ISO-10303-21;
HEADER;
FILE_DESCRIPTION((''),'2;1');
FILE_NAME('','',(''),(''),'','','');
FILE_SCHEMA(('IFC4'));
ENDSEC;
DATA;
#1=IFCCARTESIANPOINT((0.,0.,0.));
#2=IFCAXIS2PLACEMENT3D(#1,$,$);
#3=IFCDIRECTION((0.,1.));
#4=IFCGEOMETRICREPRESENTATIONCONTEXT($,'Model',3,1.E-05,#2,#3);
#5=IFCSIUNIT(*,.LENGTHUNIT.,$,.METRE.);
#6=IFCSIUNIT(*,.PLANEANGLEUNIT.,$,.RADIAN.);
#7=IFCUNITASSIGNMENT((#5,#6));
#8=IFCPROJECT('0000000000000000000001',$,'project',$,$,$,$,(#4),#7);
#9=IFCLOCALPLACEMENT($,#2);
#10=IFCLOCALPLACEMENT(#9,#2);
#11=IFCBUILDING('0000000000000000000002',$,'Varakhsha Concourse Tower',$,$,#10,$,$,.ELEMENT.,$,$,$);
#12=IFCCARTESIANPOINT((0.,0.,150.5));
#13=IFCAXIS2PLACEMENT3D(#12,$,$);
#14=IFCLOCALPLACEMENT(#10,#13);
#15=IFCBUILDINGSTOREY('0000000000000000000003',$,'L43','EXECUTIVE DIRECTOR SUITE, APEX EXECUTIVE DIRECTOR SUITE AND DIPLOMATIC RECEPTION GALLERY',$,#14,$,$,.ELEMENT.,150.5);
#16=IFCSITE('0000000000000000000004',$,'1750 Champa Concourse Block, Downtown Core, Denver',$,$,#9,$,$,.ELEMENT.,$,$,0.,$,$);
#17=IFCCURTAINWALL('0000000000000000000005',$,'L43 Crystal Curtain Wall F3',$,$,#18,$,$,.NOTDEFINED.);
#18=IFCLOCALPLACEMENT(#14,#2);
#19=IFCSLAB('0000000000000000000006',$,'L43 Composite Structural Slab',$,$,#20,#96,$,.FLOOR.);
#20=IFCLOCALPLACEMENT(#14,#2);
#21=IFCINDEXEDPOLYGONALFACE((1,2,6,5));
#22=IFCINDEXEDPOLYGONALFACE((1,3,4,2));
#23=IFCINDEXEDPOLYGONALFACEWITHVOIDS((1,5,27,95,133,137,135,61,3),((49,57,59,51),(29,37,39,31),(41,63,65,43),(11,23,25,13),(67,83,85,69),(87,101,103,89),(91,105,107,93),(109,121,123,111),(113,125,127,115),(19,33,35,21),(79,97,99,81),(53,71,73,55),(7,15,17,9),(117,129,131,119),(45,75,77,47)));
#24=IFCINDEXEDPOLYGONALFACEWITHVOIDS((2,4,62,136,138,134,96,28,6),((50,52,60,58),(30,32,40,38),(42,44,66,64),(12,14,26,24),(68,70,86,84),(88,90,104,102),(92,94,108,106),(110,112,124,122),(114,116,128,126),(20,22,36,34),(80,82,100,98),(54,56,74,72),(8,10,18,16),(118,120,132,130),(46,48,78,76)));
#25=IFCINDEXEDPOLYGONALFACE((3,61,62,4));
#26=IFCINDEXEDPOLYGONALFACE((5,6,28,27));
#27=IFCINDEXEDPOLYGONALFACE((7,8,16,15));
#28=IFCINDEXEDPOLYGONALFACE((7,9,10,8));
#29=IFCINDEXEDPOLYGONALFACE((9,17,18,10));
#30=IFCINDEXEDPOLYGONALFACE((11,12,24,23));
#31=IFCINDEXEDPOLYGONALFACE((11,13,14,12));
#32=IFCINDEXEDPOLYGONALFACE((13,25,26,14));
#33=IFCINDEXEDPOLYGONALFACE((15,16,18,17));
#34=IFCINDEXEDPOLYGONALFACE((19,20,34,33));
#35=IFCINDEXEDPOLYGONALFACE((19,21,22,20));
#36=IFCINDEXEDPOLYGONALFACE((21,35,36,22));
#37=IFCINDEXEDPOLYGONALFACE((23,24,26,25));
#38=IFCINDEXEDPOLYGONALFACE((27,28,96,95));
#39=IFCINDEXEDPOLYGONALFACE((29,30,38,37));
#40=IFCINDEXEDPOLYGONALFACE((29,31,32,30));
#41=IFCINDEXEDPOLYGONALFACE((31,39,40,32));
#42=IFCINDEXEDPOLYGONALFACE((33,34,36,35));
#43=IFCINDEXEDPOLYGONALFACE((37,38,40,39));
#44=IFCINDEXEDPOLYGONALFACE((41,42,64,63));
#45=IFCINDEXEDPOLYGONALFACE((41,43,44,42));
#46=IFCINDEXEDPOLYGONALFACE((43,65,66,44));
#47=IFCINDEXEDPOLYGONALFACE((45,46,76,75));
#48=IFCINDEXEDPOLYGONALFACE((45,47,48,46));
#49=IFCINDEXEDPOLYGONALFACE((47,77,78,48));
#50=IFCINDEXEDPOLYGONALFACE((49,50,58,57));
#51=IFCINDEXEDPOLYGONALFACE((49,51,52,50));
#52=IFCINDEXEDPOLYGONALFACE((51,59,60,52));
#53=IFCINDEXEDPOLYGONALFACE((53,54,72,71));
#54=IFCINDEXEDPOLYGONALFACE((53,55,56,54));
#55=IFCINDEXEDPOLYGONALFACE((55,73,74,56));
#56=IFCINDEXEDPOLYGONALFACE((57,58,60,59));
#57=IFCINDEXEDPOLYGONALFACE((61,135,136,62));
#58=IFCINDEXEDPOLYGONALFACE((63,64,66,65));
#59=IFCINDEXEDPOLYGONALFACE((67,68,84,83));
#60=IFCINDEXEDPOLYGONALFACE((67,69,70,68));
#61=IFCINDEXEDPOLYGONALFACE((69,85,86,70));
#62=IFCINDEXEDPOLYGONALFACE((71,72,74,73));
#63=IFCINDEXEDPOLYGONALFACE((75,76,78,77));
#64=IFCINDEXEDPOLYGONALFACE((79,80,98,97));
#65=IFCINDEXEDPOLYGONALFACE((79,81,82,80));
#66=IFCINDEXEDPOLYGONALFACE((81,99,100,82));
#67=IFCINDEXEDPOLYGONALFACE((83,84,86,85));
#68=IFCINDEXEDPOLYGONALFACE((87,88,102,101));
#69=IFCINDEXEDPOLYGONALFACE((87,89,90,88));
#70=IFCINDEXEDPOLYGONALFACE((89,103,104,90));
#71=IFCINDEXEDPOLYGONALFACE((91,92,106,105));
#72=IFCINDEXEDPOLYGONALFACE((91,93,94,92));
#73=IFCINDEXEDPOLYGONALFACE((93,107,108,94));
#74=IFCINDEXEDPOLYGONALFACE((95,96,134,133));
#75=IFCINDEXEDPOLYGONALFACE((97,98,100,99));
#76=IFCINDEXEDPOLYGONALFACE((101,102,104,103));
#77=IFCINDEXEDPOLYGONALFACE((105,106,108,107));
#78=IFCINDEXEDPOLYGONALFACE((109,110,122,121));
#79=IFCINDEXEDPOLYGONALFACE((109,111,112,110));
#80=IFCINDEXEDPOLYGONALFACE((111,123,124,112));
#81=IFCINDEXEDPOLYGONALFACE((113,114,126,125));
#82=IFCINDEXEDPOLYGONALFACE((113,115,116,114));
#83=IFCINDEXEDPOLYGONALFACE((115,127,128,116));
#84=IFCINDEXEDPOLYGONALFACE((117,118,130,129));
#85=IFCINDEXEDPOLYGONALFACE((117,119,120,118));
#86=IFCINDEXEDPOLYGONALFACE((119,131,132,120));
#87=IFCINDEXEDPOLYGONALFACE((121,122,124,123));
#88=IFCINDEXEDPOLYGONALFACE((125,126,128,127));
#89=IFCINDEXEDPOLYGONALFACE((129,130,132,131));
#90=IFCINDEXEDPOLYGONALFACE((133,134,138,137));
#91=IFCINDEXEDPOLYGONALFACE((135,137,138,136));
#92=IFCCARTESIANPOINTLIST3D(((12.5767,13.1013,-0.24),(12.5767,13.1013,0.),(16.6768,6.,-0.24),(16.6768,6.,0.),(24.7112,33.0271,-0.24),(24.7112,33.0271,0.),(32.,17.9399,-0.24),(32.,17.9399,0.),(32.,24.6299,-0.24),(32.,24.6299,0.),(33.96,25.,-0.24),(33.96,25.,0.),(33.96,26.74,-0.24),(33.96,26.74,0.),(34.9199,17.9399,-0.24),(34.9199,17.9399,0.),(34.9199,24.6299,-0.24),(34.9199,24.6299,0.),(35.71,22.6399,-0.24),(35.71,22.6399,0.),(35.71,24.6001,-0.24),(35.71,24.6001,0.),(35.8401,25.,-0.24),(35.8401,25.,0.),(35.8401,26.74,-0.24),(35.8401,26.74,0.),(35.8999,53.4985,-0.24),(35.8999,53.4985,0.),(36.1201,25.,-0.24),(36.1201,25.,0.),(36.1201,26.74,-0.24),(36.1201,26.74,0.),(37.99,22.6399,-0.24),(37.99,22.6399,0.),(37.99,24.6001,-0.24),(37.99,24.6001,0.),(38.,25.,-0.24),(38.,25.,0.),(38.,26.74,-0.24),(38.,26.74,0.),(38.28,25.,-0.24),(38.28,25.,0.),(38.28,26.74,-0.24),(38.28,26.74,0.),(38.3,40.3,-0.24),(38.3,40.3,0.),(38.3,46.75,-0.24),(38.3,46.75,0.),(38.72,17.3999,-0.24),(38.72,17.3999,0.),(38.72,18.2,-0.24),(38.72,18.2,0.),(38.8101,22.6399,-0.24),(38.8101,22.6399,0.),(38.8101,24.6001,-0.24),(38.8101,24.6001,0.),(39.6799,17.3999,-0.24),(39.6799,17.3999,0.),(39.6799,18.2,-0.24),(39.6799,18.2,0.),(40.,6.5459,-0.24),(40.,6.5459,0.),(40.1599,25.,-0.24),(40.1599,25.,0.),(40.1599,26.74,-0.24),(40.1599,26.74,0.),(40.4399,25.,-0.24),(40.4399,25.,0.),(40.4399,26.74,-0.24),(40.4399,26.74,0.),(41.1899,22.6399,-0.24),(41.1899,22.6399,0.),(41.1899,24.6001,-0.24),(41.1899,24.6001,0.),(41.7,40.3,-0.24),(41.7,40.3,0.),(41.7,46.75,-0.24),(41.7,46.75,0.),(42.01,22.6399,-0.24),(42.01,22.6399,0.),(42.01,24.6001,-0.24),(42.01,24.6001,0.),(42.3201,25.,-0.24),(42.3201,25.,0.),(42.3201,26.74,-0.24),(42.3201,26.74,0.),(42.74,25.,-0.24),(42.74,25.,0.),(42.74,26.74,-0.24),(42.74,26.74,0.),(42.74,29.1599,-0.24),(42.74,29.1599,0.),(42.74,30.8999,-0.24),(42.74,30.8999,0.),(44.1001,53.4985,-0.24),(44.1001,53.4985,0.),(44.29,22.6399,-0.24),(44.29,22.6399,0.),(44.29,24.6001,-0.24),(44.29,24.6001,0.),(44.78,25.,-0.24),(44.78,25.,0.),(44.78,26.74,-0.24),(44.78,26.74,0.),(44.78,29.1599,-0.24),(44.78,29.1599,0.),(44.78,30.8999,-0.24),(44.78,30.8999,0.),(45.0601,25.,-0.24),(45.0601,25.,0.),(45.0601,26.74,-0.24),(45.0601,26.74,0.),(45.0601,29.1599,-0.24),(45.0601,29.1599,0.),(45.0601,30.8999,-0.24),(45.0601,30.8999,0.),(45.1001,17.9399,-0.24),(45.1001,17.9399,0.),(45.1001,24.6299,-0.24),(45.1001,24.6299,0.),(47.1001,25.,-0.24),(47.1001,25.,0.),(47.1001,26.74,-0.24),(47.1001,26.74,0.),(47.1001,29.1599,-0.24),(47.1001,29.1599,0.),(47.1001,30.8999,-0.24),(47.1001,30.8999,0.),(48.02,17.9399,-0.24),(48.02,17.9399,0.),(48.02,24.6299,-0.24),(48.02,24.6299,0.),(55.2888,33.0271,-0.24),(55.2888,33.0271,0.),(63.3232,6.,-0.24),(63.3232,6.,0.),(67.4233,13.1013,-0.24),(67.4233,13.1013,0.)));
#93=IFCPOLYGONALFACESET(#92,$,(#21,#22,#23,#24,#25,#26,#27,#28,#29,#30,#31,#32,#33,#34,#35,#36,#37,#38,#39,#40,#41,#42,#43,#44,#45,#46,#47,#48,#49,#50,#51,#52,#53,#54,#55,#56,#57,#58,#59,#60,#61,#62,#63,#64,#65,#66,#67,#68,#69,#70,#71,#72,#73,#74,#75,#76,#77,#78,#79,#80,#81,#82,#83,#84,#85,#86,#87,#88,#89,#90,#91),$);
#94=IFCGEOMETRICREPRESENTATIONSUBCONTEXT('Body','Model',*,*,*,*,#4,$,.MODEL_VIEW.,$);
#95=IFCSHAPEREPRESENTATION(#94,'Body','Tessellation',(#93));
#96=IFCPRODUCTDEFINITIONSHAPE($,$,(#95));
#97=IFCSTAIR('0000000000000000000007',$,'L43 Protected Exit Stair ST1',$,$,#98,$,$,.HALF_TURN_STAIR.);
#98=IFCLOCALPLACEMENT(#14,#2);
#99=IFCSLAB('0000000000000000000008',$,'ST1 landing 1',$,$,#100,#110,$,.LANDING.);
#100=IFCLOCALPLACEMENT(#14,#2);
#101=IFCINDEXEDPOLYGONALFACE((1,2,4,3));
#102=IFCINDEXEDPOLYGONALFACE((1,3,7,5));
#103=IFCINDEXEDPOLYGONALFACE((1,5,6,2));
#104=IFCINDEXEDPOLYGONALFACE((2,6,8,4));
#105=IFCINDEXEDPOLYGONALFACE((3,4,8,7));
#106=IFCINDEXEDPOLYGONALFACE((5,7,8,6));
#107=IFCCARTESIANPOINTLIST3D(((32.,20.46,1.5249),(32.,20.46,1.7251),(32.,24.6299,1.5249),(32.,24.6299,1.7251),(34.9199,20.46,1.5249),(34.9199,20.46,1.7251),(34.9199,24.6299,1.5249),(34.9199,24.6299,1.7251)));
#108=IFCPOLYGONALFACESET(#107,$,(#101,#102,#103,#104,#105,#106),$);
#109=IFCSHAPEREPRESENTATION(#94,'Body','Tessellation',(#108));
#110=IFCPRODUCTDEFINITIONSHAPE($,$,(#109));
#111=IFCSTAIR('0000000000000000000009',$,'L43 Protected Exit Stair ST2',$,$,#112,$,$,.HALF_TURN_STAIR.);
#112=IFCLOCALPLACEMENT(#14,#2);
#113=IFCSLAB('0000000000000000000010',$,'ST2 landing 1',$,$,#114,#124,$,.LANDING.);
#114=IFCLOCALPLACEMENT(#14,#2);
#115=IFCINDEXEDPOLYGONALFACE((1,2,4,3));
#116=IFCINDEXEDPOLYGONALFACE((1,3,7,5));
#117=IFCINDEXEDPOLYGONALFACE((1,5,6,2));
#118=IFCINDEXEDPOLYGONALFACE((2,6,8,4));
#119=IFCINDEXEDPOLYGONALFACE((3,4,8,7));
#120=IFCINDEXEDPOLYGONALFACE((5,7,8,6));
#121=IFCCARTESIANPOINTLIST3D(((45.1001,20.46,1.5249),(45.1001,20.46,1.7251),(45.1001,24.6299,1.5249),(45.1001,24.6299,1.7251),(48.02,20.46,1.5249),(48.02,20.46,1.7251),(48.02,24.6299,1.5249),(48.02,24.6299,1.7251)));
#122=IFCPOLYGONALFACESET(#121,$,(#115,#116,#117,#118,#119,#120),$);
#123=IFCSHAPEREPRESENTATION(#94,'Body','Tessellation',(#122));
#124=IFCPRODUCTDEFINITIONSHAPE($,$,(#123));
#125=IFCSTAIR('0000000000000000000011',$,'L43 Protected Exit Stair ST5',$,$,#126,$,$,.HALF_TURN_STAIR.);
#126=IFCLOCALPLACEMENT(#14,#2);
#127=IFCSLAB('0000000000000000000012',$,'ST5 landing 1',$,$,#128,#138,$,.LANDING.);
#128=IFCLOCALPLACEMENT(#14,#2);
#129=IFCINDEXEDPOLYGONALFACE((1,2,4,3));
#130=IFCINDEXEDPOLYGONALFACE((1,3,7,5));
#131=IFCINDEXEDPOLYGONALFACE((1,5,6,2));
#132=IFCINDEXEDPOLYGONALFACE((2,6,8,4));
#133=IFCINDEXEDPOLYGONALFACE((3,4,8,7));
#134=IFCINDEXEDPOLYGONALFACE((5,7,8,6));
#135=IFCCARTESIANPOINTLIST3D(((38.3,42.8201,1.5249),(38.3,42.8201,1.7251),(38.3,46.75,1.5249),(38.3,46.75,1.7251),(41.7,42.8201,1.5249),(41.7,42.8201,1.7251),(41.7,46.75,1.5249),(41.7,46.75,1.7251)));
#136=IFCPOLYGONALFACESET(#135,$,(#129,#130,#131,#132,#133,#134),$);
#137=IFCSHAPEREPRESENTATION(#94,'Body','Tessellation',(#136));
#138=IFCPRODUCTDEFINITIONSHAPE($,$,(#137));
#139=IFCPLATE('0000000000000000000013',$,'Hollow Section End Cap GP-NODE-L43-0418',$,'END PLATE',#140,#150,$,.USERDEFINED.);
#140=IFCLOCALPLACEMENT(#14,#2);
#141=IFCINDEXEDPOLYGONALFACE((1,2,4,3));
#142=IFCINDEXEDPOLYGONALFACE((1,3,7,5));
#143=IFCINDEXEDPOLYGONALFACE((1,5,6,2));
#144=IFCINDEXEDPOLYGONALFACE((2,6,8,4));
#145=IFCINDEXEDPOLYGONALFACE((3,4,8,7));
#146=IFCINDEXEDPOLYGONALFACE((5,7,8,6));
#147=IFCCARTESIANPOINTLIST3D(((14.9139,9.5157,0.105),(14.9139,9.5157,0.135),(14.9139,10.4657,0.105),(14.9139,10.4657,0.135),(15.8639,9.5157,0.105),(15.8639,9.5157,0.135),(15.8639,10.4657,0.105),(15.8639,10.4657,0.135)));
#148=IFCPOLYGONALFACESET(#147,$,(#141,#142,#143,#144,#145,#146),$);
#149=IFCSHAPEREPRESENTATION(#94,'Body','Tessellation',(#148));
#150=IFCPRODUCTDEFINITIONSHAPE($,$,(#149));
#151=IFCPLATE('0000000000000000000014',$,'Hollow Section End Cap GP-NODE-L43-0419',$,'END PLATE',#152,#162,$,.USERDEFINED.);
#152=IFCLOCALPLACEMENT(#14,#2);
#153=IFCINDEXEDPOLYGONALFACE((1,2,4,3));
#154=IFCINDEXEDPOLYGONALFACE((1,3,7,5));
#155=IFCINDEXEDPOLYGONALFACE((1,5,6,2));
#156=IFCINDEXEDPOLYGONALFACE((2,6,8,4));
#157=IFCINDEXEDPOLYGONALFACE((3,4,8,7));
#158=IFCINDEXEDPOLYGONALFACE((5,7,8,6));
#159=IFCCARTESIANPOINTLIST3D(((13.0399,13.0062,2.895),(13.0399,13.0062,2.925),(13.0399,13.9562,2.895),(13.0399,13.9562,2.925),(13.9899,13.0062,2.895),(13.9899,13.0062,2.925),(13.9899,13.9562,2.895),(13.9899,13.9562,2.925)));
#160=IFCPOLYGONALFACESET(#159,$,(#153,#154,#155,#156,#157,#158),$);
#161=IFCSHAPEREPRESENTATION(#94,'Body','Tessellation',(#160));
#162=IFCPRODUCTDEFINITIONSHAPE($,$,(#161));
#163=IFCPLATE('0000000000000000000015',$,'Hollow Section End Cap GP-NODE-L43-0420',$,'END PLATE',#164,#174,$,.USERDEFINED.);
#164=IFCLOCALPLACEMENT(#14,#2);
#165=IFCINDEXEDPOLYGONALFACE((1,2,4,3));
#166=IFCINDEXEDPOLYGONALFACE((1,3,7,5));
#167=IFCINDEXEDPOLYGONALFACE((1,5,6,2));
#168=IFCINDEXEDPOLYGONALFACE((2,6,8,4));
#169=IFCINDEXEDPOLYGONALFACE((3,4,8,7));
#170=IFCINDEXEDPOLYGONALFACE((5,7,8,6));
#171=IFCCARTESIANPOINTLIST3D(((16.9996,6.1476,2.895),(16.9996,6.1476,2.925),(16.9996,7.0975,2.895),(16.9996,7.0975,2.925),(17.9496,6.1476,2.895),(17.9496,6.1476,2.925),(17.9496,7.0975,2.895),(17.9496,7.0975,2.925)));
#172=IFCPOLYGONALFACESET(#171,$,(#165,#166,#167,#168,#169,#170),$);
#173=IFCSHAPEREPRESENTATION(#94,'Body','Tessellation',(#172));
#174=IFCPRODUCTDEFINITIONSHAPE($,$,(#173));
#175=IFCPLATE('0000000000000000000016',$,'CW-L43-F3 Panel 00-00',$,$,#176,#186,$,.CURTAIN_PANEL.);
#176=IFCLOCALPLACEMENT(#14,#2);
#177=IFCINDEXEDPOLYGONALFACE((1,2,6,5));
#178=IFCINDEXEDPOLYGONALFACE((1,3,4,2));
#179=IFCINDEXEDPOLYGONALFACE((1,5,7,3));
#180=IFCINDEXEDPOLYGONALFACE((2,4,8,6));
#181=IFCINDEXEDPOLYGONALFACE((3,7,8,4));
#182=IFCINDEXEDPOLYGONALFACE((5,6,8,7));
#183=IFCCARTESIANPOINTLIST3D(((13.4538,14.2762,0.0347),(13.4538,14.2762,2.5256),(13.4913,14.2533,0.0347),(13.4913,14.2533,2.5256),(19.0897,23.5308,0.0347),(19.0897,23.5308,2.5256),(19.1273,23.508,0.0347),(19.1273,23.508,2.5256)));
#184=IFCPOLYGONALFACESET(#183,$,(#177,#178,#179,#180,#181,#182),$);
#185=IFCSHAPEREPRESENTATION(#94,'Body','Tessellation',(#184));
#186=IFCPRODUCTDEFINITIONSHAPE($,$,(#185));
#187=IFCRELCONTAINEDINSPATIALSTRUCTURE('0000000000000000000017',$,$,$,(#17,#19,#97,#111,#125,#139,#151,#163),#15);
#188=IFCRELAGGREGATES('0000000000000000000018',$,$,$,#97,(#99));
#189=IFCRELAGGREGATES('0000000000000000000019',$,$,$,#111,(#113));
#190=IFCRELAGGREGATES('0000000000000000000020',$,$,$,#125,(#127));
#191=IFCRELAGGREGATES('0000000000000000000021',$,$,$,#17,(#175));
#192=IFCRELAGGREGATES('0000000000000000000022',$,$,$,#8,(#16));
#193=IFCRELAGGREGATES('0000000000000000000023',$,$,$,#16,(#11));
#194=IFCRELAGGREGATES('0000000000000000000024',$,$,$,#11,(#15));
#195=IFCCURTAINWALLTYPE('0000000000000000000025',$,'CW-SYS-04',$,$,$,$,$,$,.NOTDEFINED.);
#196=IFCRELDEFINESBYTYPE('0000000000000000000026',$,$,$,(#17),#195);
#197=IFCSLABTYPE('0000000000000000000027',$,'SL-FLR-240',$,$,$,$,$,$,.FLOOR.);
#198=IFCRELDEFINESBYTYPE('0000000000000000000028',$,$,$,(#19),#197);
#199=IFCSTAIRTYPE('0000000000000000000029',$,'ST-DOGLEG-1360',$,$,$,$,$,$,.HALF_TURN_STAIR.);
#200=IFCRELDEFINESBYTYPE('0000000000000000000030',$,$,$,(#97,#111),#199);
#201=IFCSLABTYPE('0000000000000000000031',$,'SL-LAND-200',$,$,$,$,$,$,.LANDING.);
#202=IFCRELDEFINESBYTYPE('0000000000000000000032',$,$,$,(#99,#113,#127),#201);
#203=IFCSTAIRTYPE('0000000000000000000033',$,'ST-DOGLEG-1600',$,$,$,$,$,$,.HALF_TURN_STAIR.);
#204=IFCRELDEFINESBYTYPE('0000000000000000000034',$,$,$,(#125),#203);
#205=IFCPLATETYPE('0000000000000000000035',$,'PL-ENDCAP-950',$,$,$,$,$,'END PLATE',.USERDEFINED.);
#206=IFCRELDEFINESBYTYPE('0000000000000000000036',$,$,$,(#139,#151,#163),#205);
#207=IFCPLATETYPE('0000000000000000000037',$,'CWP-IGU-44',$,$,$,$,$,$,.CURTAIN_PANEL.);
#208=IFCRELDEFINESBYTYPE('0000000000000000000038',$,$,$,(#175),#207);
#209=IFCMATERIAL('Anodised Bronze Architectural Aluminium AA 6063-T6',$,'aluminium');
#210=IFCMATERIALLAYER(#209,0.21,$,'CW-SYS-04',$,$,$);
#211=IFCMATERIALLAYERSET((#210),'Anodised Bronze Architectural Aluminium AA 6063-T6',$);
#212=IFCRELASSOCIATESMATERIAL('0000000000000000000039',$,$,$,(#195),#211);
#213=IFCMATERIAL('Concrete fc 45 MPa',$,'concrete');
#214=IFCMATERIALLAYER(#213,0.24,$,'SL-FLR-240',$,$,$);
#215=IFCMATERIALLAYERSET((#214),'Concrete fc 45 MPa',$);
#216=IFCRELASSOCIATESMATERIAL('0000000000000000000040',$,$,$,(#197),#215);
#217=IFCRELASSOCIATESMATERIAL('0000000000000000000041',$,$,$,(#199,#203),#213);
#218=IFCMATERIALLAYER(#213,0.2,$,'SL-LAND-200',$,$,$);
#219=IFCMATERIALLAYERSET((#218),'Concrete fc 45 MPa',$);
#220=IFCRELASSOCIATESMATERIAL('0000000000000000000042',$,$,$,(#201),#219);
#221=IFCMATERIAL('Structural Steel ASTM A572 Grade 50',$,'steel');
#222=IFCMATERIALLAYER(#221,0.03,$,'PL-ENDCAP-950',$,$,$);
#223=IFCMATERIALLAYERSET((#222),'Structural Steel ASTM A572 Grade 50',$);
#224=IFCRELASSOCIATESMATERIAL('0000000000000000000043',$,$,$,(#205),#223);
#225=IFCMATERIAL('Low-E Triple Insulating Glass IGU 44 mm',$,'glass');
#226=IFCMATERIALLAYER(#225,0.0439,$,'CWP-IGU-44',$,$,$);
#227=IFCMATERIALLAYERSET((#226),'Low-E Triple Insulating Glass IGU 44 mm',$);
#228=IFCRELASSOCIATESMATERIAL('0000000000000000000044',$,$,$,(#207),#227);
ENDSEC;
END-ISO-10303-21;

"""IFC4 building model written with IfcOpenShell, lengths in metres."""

from ifc_helpers import new_model, si_unit, direction, frame, origin, origin_2d, place, context, subcontext, project, spatial, polyline, rectangle, outline, extrude, source, transform, mapped, material, layer, layer_set, type_object, type_shapes, element, aggregate, save


model = new_model("IFC4")

# Units and contexts
model_context = context("Model", 3, precision=1e-05, world=origin(), true_north=direction((0.0, 1.0)))
body_context = subcontext(model_context, "Body", "Model", "MODEL_VIEW")
ifc_project = project(units=[si_unit("LENGTHUNIT", "METRE"), si_unit("PLANEANGLEUNIT", "RADIAN")], contexts=[model_context])

# Site, building, storey
site_placement = place(None, origin())
site = spatial("IfcSite", under=ifc_project, at=site_placement, Name="1750 Champa Concourse Block, Downtown Core, Denver", CompositionType="ELEMENT", RefElevation=0.0)
building_placement = place(site_placement, origin())
building = spatial("IfcBuilding", under=site, at=building_placement, Name="Varakhsha Concourse Tower", CompositionType="ELEMENT")
storey_placement = place(building_placement, frame((0.0, 0.0, 150.5)))
storey = spatial("IfcBuildingStorey", under=building, at=storey_placement, Name="L43", Description="EXECUTIVE DIRECTOR SUITE, APEX EXECUTIVE DIRECTOR SUITE AND DIPLOMATIC RECEPTION GALLERY", CompositionType="ELEMENT", Elevation=150.5)

# Shared definitions
ifc_material_1 = material(Name="Structural Steel ASTM A572 Grade 50", Category="steel")

# Curtain wall
ifc_material_2 = material(Name="Anodised Bronze Architectural Aluminium AA 6063-T6", Category="aluminium")
ifc_layer_1 = layer(ifc_material_2, 0.21, Name="CW-SYS-04")
ifc_layer_set_1 = layer_set([ifc_layer_1], Name="Anodised Bronze Architectural Aluminium AA 6063-T6")
curtain_wall_type = type_object("IfcCurtainWallType", Name="CW-SYS-04", PredefinedType="NOTDEFINED", material=ifc_layer_set_1)
curtain_wall_1_placement = place(storey_placement, origin())
curtain_wall_1 = element("IfcCurtainWall", 1, at=curtain_wall_1_placement, inside=storey, type_object=curtain_wall_type, Name="L43 Crystal Curtain Wall F3", PredefinedType="NOTDEFINED")

# Slab
ifc_material_3 = material(Name="Concrete fc 45 MPa", Category="concrete")
ifc_layer_2 = layer(ifc_material_3, 0.24, Name="SL-FLR-240")
ifc_layer_set_2 = layer_set([ifc_layer_2], Name="Concrete fc 45 MPa")
slab_type_1 = type_object("IfcSlabType", Name="SL-FLR-240", PredefinedType="FLOOR", material=ifc_layer_set_2)
slab_1_placement = place(storey_placement, frame((0.0, 0.0, -0.24)))
element("IfcSlab", 2, at=slab_1_placement, inside=storey, type_object=slab_type_1, Name="L43 Composite Structural Slab", PredefinedType="FLOOR", context=body_context, shape_type="SweptSolid", body=[
    extrude(outline(polyline([(44.1001, 53.4985), (35.8999, 53.4985), (24.7112, 33.0271), (12.5767, 13.1013), (16.6768, 6.0), (40.0, 6.5459), (63.3232, 6.0), (67.4233, 13.1013), (55.2888, 33.0271), (44.1001, 53.4985)]), holes=[polyline([(34.9199, 17.9399), (34.9199, 24.6299), (32.0, 24.6299), (32.0, 17.9399), (34.9199, 17.9399)]), polyline([(48.02, 17.9399), (48.02, 24.6299), (45.1001, 24.6299), (45.1001, 17.9399), (48.02, 17.9399)]), polyline([(41.7, 40.3), (41.7, 46.75), (38.3, 46.75), (38.3, 40.3), (41.7, 40.3)]), polyline([(33.96, 25.0), (35.8401, 25.0), (35.8401, 26.74), (33.96, 26.74), (33.96, 25.0)]), polyline([(36.1201, 25.0), (38.0, 25.0), (38.0, 26.74), (36.1201, 26.74), (36.1201, 25.0)]), polyline([(38.28, 25.0), (40.1599, 25.0), (40.1599, 26.74), (38.28, 26.74), (38.28, 25.0)]), polyline([(40.4399, 25.0), (42.3201, 25.0), (42.3201, 26.74), (40.4399, 26.74), (40.4399, 25.0)]), polyline([(42.74, 29.1599), (44.78, 29.1599), (44.78, 30.8999), (42.74, 30.8999), (42.74, 29.1599)]), polyline([(45.0601, 29.1599), (47.1001, 29.1599), (47.1001, 30.8999), (45.0601, 30.8999), (45.0601, 29.1599)]), polyline([(42.74, 25.0), (44.78, 25.0), (44.78, 26.74), (42.74, 26.74), (42.74, 25.0)]), polyline([(45.0601, 25.0), (47.1001, 25.0), (47.1001, 26.74), (45.0601, 26.74), (45.0601, 25.0)]), polyline([(35.71, 22.6399), (37.99, 22.6399), (37.99, 24.6001), (35.71, 24.6001), (35.71, 22.6399)]), polyline([(42.01, 22.6399), (44.29, 22.6399), (44.29, 24.6001), (42.01, 24.6001), (42.01, 22.6399)]), polyline([(38.8101, 22.6399), (41.1899, 22.6399), (41.1899, 24.6001), (38.8101, 24.6001), (38.8101, 22.6399)]), polyline([(38.72, 17.3999), (39.6799, 17.3999), (39.6799, 18.2), (38.72, 18.2), (38.72, 17.3999)])]), origin(), (0.0, 0.0, 1.0), 0.24),
])

# Stairs, slabs
stair_type_1 = type_object("IfcStairType", Name="ST-DOGLEG-1360", PredefinedType="HALF_TURN_STAIR", material=ifc_material_3)
stair_1_placement = place(storey_placement, origin())
stair_1 = element("IfcStair", 3, at=stair_1_placement, inside=storey, type_object=stair_type_1, Name="L43 Protected Exit Stair ST1", PredefinedType="HALF_TURN_STAIR")
ifc_layer_3 = layer(ifc_material_3, 0.2, Name="SL-LAND-200")
ifc_layer_set_3 = layer_set([ifc_layer_3], Name="Concrete fc 45 MPa")
slab_type_2 = type_object("IfcSlabType", Name="SL-LAND-200", PredefinedType="LANDING", material=ifc_layer_set_3)
slab_2_placement = place(storey_placement, frame((0.0, 0.0, 1.5249)))
slab_2 = element("IfcSlab", 4, at=slab_2_placement, type_object=slab_type_2, Name="ST1 landing 1", PredefinedType="LANDING", context=body_context, shape_type="SweptSolid", body=[
    extrude(outline(polyline([(34.9199, 20.46), (34.9199, 24.6299), (32.0, 24.6299), (32.0, 20.46), (34.9199, 20.46)])), origin(), (0.0, 0.0, 1.0), 0.2002),
])
aggregate(stair_1, [slab_2])
stair_2_placement = place(storey_placement, origin())
stair_2 = element("IfcStair", 5, at=stair_2_placement, inside=storey, type_object=stair_type_1, Name="L43 Protected Exit Stair ST2", PredefinedType="HALF_TURN_STAIR")
slab_3_placement = place(storey_placement, frame((0.0, 0.0, 1.5249)))
slab_3 = element("IfcSlab", 6, at=slab_3_placement, type_object=slab_type_2, Name="ST2 landing 1", PredefinedType="LANDING", context=body_context, shape_type="SweptSolid", body=[
    extrude(outline(polyline([(48.02, 20.46), (48.02, 24.6299), (45.1001, 24.6299), (45.1001, 20.46), (48.02, 20.46)])), origin(), (0.0, 0.0, 1.0), 0.2002),
])
aggregate(stair_2, [slab_3])
stair_type_2 = type_object("IfcStairType", Name="ST-DOGLEG-1600", PredefinedType="HALF_TURN_STAIR", material=ifc_material_3)
stair_3_placement = place(storey_placement, origin())
stair_3 = element("IfcStair", 7, at=stair_3_placement, inside=storey, type_object=stair_type_2, Name="L43 Protected Exit Stair ST5", PredefinedType="HALF_TURN_STAIR")
slab_4_placement = place(storey_placement, frame((0.0, 0.0, 1.5249)))
slab_4 = element("IfcSlab", 8, at=slab_4_placement, type_object=slab_type_2, Name="ST5 landing 1", PredefinedType="LANDING", context=body_context, shape_type="SweptSolid", body=[
    extrude(outline(polyline([(41.7, 42.8201), (41.7, 46.75), (38.3, 46.75), (38.3, 42.8201), (41.7, 42.8201)])), origin(), (0.0, 0.0, 1.0), 0.2002),
])
aggregate(stair_3, [slab_4])

# Plates
ifc_layer_4 = layer(ifc_material_1, 0.03, Name="PL-ENDCAP-950")
ifc_layer_set_4 = layer_set([ifc_layer_4], Name="Structural Steel ASTM A572 Grade 50")
plate_type_1 = type_object("IfcPlateType", Name="PL-ENDCAP-950", ElementType="END PLATE", PredefinedType="USERDEFINED", material=ifc_layer_set_4)
shared_shape_1 = source(origin(), body_context, "Body", "SweptSolid", [
    extrude(rectangle(XDim=0.95, YDim=0.95, at=origin_2d()), origin(), (0.0, 0.0, 1.0), 0.03),
])
type_shapes(plate_type_1, [shared_shape_1])
for number, where, z_axis, x_axis, name in (
    (9, (15.3889, 9.9907, 0.105), (0.0, 0.0, 1.0), (1.0, 0.0, 0.0), "Hollow Section End Cap GP-NODE-L43-0418"),
    (10, (13.5149, 13.4812, 2.895), (0.0, 0.0, 1.0), (1.0, 0.0, 0.0), "Hollow Section End Cap GP-NODE-L43-0419"),
    (11, (17.4746, 6.6226, 2.895), (0.0, 0.0, 1.0), (1.0, 0.0, 0.0), "Hollow Section End Cap GP-NODE-L43-0420"),
):
    element("IfcPlate", number, at=place(storey_placement, frame(where, z_axis=z_axis, x_axis=x_axis)), inside=storey, type_object=plate_type_1, Name=name, ObjectType="END PLATE", PredefinedType="USERDEFINED", context=body_context, shape_type="MappedRepresentation", body=[
        mapped(shared_shape_1, transform((0.0, 0.0, 0.0), scale=1.0)),
    ])

# Plate
ifc_material_4 = material(Name="Low-E Triple Insulating Glass IGU 44 mm", Category="glass")
ifc_layer_5 = layer(ifc_material_4, 0.0439, Name="CWP-IGU-44")
ifc_layer_set_5 = layer_set([ifc_layer_5], Name="Low-E Triple Insulating Glass IGU 44 mm")
plate_type_2 = type_object("IfcPlateType", Name="CWP-IGU-44", PredefinedType="CURTAIN_PANEL", material=ifc_layer_set_5)
shared_shape_2 = source(origin(), body_context, "Body", "SweptSolid", [
    extrude(rectangle(XDim=10.8357, YDim=0.0439, at=origin_2d()), origin(), (0.0, 0.0, 1.0), 2.491),
])
plate_1_placement = place(storey_placement, frame((16.2905, 18.8921, 0.0347), z_axis=(0.0, 0.0, 1.0), x_axis=(0.520126, 0.85409, 0.0)))
plate_1 = element("IfcPlate", 12, at=plate_1_placement, type_object=plate_type_2, Name="CW-L43-F3 Panel 00-00", PredefinedType="CURTAIN_PANEL", context=body_context, shape_type="MappedRepresentation", body=[
    mapped(shared_shape_2, transform((0.0, 0.0, 0.0), scale=1.0)),
])
aggregate(curtain_wall_1, [plate_1])

save(model, "model.ifc")
